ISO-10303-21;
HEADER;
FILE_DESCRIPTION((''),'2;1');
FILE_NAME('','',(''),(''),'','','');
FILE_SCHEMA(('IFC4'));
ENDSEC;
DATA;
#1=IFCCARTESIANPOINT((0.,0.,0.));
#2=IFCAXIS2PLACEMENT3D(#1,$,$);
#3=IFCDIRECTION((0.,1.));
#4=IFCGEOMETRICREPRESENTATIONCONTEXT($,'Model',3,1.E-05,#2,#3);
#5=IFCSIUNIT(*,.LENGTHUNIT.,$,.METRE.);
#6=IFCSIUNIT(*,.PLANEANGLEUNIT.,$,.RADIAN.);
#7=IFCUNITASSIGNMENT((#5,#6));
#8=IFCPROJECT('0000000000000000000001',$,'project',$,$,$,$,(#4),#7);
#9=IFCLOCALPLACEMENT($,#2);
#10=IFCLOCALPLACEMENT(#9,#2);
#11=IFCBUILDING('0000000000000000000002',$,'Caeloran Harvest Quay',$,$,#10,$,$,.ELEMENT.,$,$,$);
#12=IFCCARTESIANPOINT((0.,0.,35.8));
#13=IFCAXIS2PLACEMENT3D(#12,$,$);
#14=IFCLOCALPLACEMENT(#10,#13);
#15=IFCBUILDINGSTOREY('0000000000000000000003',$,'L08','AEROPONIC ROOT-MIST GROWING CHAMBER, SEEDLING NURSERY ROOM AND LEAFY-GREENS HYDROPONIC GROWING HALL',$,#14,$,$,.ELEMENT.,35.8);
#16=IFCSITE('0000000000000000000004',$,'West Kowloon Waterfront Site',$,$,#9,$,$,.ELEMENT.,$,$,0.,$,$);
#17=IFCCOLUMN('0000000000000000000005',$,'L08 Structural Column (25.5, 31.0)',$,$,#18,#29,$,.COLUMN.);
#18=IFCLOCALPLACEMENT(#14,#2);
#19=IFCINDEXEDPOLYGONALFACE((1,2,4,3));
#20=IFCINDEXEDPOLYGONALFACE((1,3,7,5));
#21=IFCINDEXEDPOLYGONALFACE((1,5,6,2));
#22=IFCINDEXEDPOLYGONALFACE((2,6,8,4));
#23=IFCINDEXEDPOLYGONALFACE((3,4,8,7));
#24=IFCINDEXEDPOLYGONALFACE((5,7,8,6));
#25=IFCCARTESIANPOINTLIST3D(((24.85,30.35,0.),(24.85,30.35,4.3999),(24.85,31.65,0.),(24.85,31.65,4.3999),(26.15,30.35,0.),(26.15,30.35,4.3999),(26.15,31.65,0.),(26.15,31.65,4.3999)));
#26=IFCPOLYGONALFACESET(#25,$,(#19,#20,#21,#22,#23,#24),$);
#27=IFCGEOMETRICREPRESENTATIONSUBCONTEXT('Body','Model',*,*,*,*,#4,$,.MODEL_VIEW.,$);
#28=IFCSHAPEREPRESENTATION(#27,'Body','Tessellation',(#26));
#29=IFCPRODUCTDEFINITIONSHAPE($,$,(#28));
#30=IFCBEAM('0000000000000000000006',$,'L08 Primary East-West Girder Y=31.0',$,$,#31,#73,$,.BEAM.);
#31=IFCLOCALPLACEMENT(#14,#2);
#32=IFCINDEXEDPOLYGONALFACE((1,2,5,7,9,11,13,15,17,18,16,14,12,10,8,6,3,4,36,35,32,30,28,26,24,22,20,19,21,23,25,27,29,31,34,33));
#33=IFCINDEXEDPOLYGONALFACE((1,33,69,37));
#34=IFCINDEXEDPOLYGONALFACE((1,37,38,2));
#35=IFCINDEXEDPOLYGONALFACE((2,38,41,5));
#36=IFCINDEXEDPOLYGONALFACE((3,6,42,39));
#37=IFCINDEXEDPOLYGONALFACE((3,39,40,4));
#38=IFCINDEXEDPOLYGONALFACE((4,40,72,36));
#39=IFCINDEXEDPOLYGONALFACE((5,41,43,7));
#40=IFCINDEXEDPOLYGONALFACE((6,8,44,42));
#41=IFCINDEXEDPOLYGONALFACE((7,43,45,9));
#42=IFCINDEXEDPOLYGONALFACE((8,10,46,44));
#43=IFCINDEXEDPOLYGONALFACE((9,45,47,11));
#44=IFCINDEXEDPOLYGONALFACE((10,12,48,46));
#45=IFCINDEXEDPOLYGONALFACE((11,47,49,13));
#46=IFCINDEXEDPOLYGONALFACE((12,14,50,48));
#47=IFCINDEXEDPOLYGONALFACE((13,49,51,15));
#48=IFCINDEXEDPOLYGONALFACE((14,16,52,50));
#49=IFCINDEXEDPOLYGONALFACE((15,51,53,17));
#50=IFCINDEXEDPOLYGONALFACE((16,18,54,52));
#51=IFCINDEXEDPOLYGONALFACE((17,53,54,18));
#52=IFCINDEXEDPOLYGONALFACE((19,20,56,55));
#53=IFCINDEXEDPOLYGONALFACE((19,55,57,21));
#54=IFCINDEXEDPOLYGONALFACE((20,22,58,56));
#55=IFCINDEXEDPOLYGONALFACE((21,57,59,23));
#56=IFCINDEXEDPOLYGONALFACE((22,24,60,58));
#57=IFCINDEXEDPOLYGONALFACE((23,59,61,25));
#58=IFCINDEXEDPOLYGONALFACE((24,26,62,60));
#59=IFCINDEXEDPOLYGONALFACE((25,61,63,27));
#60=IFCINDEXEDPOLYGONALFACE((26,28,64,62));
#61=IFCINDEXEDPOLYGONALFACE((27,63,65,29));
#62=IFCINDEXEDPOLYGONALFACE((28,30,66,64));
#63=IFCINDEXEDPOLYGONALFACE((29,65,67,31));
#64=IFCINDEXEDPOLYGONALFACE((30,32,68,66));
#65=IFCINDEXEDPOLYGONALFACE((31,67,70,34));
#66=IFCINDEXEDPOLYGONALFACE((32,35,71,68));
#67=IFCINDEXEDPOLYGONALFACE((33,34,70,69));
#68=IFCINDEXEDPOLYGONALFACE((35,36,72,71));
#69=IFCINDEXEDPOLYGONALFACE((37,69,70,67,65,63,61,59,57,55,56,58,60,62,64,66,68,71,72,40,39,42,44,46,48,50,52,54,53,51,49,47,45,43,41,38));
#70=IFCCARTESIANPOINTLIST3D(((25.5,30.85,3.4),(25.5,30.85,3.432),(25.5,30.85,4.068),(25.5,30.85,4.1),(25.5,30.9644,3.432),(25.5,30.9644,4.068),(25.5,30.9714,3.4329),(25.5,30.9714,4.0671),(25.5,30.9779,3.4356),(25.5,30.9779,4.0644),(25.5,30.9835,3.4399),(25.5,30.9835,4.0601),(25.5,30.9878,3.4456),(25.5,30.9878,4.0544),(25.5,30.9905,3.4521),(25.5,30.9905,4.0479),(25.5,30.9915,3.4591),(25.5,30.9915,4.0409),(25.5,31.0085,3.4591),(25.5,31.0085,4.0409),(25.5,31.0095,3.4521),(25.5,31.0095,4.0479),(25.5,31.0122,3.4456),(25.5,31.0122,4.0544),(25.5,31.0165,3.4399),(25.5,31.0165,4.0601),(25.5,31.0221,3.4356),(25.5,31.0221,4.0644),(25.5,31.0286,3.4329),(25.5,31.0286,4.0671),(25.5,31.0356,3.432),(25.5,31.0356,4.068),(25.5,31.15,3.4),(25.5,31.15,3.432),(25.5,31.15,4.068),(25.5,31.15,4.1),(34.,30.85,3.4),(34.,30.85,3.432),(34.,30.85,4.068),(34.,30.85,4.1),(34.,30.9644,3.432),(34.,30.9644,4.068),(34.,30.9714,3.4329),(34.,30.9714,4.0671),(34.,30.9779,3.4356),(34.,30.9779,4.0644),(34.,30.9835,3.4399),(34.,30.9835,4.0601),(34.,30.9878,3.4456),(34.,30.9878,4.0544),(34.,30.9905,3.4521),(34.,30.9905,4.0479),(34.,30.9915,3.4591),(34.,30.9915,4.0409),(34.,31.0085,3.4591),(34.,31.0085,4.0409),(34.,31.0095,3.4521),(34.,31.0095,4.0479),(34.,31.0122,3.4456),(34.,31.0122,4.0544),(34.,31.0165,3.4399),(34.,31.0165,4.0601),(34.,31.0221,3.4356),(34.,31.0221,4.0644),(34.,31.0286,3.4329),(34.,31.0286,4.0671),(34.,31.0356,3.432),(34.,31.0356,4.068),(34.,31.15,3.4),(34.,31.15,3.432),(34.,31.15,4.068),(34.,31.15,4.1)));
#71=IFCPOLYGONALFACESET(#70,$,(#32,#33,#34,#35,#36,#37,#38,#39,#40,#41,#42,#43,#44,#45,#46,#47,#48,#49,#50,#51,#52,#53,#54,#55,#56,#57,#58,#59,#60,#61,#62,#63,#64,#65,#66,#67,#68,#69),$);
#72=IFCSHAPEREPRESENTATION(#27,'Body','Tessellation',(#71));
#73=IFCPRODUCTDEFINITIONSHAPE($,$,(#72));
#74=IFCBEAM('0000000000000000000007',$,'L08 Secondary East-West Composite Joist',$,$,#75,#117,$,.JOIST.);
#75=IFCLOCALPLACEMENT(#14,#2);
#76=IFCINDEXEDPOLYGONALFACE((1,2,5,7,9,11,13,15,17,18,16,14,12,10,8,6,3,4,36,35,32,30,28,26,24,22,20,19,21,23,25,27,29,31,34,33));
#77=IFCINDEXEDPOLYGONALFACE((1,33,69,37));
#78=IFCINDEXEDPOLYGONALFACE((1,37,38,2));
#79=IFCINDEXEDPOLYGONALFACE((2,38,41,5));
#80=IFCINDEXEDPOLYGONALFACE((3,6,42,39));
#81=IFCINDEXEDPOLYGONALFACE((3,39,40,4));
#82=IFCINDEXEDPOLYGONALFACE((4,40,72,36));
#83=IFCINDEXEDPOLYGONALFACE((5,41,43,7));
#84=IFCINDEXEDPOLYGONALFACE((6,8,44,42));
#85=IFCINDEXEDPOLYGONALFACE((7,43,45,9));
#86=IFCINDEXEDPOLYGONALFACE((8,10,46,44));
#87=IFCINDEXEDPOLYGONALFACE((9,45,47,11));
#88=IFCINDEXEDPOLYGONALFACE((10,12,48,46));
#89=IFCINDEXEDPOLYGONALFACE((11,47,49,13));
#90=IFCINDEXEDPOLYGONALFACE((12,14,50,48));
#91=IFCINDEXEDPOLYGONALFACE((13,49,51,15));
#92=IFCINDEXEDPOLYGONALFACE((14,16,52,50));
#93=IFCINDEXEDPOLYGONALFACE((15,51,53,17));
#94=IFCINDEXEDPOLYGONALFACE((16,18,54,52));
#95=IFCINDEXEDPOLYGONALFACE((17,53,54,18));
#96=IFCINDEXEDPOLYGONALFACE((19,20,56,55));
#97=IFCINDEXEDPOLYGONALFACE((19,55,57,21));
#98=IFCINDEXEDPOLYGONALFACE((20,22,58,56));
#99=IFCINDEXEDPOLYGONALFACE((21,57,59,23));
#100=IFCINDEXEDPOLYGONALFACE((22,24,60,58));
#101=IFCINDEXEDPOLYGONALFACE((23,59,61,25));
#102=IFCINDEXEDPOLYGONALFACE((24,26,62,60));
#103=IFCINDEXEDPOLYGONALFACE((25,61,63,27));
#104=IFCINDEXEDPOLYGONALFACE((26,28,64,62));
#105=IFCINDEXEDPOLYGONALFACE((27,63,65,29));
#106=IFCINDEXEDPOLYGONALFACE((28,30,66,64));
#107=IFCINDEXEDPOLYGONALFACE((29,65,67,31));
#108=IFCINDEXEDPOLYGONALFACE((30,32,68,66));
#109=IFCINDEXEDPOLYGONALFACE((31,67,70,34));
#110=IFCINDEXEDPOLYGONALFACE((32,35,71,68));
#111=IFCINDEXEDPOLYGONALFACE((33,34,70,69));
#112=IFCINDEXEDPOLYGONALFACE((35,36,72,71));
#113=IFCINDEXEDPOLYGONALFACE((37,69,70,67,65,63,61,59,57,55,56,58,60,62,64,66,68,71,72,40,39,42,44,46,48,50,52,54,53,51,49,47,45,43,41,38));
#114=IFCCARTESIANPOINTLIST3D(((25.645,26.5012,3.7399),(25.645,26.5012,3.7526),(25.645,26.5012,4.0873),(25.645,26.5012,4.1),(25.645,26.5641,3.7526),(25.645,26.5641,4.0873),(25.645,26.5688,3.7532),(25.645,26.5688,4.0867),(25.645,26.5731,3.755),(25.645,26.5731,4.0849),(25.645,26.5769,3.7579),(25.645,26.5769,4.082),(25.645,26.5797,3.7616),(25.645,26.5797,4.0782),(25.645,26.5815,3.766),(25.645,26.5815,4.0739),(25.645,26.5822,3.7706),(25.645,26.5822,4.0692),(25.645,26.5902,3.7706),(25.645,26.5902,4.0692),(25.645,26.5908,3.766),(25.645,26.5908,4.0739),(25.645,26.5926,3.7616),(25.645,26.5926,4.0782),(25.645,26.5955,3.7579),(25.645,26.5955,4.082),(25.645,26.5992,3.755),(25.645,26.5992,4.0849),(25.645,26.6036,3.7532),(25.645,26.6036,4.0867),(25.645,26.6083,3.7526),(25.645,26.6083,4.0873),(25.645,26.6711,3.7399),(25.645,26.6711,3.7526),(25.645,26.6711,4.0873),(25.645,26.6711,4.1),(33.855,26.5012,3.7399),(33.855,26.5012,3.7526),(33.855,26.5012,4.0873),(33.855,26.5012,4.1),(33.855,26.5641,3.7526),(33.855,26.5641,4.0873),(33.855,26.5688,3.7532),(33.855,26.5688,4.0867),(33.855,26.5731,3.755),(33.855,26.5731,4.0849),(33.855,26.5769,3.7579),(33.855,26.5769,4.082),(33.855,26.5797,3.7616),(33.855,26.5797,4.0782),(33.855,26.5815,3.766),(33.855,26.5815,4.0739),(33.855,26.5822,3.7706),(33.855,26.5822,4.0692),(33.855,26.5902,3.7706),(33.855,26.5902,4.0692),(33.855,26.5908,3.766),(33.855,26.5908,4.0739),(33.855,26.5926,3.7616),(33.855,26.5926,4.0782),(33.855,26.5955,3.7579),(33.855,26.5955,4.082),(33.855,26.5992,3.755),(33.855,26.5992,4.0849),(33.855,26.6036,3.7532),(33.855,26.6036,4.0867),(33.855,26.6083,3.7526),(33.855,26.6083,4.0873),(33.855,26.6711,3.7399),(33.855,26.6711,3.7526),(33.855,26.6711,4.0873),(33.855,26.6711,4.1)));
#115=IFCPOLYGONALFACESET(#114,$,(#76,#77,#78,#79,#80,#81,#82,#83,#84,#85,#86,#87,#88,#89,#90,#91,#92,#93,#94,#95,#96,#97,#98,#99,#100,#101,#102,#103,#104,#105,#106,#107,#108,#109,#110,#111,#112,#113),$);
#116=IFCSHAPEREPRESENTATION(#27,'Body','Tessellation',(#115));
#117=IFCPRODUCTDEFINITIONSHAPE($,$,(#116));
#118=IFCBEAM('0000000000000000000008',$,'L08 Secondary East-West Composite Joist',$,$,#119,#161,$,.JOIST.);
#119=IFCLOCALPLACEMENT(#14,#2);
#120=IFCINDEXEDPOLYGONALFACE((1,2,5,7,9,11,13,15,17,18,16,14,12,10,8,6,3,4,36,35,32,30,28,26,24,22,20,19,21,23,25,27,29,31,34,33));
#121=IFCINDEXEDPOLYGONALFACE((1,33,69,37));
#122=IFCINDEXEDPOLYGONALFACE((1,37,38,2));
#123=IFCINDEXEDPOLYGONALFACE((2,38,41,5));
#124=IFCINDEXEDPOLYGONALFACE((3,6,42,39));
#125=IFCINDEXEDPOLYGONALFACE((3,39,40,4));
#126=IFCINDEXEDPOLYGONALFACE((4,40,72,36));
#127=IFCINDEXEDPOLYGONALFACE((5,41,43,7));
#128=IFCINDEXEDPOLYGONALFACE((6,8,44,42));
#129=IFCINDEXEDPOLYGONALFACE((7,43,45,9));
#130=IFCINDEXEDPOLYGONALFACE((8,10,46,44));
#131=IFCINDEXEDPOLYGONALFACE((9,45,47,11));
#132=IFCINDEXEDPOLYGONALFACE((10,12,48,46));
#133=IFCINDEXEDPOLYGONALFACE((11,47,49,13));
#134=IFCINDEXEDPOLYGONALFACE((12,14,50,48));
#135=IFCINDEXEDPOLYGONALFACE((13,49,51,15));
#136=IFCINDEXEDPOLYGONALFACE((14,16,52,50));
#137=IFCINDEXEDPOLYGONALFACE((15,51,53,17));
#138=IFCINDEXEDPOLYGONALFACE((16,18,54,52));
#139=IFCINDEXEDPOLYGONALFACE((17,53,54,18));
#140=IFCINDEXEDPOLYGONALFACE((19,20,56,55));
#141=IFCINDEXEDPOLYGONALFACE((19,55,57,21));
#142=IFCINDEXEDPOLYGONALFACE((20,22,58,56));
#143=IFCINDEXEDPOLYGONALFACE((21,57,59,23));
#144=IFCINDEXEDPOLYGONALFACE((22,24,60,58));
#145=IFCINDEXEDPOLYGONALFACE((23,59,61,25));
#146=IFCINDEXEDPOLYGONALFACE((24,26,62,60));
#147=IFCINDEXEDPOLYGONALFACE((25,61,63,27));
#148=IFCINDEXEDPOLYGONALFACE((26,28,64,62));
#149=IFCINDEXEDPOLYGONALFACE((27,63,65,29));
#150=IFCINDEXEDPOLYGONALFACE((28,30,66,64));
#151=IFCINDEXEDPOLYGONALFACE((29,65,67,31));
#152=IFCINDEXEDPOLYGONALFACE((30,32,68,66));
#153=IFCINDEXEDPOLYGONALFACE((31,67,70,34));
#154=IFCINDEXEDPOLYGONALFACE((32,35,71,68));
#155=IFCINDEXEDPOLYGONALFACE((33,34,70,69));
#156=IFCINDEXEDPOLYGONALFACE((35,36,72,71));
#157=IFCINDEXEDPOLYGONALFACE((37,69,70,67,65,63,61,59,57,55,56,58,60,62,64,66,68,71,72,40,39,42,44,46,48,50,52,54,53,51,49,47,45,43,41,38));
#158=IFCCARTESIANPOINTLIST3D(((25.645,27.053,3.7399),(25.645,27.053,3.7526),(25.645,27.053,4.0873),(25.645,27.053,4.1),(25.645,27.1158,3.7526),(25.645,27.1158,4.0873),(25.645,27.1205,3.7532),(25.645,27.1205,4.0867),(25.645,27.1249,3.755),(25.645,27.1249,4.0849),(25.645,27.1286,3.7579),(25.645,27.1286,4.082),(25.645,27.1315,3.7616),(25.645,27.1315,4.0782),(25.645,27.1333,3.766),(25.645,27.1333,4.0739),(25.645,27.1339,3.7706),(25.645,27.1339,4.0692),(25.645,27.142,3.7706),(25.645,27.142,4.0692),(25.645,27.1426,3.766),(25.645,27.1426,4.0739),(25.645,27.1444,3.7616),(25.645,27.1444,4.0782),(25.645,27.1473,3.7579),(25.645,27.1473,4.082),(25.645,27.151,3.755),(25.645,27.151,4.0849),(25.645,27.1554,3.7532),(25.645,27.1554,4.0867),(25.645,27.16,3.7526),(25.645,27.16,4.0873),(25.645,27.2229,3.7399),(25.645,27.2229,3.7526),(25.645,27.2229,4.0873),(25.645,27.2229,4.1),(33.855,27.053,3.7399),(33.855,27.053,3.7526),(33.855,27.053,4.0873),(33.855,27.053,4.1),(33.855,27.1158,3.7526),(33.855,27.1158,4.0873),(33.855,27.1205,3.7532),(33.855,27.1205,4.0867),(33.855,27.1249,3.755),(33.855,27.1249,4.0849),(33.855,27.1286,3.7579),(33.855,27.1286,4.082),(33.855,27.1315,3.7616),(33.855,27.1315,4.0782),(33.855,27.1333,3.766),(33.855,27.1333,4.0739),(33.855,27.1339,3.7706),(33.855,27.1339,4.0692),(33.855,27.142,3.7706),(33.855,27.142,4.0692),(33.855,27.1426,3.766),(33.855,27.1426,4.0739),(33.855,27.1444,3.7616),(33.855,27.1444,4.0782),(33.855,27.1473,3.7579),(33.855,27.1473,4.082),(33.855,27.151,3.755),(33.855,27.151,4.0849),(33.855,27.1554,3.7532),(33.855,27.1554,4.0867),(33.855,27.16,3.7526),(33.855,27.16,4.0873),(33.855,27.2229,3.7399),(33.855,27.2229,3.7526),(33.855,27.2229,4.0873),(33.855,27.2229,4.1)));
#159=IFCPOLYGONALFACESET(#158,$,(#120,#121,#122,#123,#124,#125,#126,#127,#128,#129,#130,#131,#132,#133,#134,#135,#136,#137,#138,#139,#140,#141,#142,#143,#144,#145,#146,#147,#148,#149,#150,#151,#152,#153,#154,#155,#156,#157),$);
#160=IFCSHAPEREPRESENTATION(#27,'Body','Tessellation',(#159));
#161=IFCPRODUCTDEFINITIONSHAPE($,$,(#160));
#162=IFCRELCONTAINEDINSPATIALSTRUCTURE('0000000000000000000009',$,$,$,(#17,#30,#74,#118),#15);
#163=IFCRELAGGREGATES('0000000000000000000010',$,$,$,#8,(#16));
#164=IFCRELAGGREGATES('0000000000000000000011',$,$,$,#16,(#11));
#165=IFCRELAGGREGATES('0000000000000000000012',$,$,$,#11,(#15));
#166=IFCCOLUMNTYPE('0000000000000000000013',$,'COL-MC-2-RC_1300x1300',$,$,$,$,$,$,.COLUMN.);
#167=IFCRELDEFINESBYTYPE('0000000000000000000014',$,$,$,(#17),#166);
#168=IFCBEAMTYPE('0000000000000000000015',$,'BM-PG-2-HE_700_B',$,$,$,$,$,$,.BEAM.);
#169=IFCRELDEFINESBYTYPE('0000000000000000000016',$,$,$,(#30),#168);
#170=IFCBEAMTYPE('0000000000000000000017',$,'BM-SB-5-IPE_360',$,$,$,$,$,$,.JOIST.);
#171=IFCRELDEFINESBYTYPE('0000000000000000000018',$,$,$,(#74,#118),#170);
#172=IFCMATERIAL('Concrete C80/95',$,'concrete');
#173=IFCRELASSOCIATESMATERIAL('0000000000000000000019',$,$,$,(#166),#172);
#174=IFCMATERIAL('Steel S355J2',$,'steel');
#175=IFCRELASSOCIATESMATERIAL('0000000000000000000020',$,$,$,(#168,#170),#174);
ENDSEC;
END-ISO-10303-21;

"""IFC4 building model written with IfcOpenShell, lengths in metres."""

from ifc_helpers import new_model, si_unit, direction, frame, origin, origin_2d, place, context, subcontext, project, spatial, rectangle, i_section, extrude, material, material_profile, profile_set, type_object, element, save


model = new_model("IFC4")

# Units and contexts
model_context = context("Model", 3, precision=1e-05, world=origin(), true_north=direction((0.0, 1.0)))
body_context = subcontext(model_context, "Body", "Model", "MODEL_VIEW")
ifc_project = project(units=[si_unit("LENGTHUNIT", "METRE"), si_unit("PLANEANGLEUNIT", "RADIAN")], contexts=[model_context])

# Site, building, storey
site_placement = place(None, origin())
site = spatial("IfcSite", under=ifc_project, at=site_placement, Name="West Kowloon Waterfront Site", CompositionType="ELEMENT", RefElevation=0.0)
building_placement = place(site_placement, origin())
building = spatial("IfcBuilding", under=site, at=building_placement, Name="Caeloran Harvest Quay", CompositionType="ELEMENT")
storey_placement = place(building_placement, frame((0.0, 0.0, 35.8)))
storey = spatial("IfcBuildingStorey", under=building, at=storey_placement, Name="L08", Description="AEROPONIC ROOT-MIST GROWING CHAMBER, SEEDLING NURSERY ROOM AND LEAFY-GREENS HYDROPONIC GROWING HALL", CompositionType="ELEMENT", Elevation=35.8)

# Column
ifc_material_1 = material(Name="Concrete C80/95", Category="concrete")
ifc_material_profile_1 = material_profile(ifc_material_1, rectangle(XDim=1.3, YDim=1.3, at=origin_2d()), Name="RC 1300x1300")
ifc_profile_set_1 = profile_set([ifc_material_profile_1], Name="Concrete C80/95")
column_type = type_object("IfcColumnType", Name="COL-MC-2-RC_1300x1300", PredefinedType="COLUMN", material=ifc_profile_set_1)
column_placement = place(storey_placement, frame((25.5, 31.0, 0.0), z_axis=(0.0, 0.0, 1.0), x_axis=(1.0, 0.0, 0.0)))
element("IfcColumn", 1, at=column_placement, inside=storey, type_object=column_type, Name="L08 Structural Column (25.5, 31.0)", PredefinedType="COLUMN", context=body_context, shape_type="SweptSolid", body=[
    extrude(rectangle(XDim=1.3, YDim=1.3, at=origin_2d()), origin(), (0.0, 0.0, 1.0), 4.3999),
])

# Beams
ifc_material_2 = material(Name="Steel S355J2", Category="steel")
ifc_material_profile_2 = material_profile(ifc_material_2, i_section(OverallWidth=0.3, OverallDepth=0.7, WebThickness=0.0171, FlangeThickness=0.032, FilletRadius=0.0271, at=origin_2d()), Name="HE 700 B")
ifc_profile_set_2 = profile_set([ifc_material_profile_2], Name="Steel S355J2")
beam_type_1 = type_object("IfcBeamType", Name="BM-PG-2-HE_700_B", PredefinedType="BEAM", material=ifc_profile_set_2)
beam_placement = place(storey_placement, frame((25.5, 31.0, 3.75), z_axis=(1.0, 0.0, 0.0), x_axis=(0.0, 1.0, 0.0)))
element("IfcBeam", 2, at=beam_placement, inside=storey, type_object=beam_type_1, Name="L08 Primary East-West Girder Y=31.0", PredefinedType="BEAM", context=body_context, shape_type="SweptSolid", body=[
    extrude(i_section(OverallWidth=0.3, OverallDepth=0.7, WebThickness=0.0171, FlangeThickness=0.032, FilletRadius=0.0271, at=origin_2d()), origin(), (0.0, 0.0, 1.0), 8.5),
])
ifc_material_profile_3 = material_profile(ifc_material_2, i_section(OverallWidth=0.1699, OverallDepth=0.3601, WebThickness=0.0081, FlangeThickness=0.0127, FilletRadius=0.0181, at=origin_2d()), Name="IPE 360")
ifc_profile_set_3 = profile_set([ifc_material_profile_3], Name="Steel S355J2")
beam_type_2 = type_object("IfcBeamType", Name="BM-SB-5-IPE_360", PredefinedType="JOIST", material=ifc_profile_set_3)
for number, where, z_axis, x_axis, name in (
    (3, (25.645, 26.5862, 3.9199), (1.0, 0.0, 0.0), (0.0, 1.0, 0.0), "L08 Secondary East-West Composite Joist"),
    (4, (25.645, 27.1379, 3.9199), (1.0, 0.0, 0.0), (0.0, 1.0, 0.0), "L08 Secondary East-West Composite Joist"),
):
    element("IfcBeam", number, at=place(storey_placement, frame(where, z_axis=z_axis, x_axis=x_axis)), inside=storey, type_object=beam_type_2, Name=name, PredefinedType="JOIST", context=body_context, shape_type="SweptSolid", body=[
        extrude(i_section(OverallWidth=0.1699, OverallDepth=0.3601, WebThickness=0.0081, FlangeThickness=0.0127, FilletRadius=0.0181, at=origin_2d()), origin(), (0.0, 0.0, 1.0), 8.21),
    ])

save(model, "model.ifc")
